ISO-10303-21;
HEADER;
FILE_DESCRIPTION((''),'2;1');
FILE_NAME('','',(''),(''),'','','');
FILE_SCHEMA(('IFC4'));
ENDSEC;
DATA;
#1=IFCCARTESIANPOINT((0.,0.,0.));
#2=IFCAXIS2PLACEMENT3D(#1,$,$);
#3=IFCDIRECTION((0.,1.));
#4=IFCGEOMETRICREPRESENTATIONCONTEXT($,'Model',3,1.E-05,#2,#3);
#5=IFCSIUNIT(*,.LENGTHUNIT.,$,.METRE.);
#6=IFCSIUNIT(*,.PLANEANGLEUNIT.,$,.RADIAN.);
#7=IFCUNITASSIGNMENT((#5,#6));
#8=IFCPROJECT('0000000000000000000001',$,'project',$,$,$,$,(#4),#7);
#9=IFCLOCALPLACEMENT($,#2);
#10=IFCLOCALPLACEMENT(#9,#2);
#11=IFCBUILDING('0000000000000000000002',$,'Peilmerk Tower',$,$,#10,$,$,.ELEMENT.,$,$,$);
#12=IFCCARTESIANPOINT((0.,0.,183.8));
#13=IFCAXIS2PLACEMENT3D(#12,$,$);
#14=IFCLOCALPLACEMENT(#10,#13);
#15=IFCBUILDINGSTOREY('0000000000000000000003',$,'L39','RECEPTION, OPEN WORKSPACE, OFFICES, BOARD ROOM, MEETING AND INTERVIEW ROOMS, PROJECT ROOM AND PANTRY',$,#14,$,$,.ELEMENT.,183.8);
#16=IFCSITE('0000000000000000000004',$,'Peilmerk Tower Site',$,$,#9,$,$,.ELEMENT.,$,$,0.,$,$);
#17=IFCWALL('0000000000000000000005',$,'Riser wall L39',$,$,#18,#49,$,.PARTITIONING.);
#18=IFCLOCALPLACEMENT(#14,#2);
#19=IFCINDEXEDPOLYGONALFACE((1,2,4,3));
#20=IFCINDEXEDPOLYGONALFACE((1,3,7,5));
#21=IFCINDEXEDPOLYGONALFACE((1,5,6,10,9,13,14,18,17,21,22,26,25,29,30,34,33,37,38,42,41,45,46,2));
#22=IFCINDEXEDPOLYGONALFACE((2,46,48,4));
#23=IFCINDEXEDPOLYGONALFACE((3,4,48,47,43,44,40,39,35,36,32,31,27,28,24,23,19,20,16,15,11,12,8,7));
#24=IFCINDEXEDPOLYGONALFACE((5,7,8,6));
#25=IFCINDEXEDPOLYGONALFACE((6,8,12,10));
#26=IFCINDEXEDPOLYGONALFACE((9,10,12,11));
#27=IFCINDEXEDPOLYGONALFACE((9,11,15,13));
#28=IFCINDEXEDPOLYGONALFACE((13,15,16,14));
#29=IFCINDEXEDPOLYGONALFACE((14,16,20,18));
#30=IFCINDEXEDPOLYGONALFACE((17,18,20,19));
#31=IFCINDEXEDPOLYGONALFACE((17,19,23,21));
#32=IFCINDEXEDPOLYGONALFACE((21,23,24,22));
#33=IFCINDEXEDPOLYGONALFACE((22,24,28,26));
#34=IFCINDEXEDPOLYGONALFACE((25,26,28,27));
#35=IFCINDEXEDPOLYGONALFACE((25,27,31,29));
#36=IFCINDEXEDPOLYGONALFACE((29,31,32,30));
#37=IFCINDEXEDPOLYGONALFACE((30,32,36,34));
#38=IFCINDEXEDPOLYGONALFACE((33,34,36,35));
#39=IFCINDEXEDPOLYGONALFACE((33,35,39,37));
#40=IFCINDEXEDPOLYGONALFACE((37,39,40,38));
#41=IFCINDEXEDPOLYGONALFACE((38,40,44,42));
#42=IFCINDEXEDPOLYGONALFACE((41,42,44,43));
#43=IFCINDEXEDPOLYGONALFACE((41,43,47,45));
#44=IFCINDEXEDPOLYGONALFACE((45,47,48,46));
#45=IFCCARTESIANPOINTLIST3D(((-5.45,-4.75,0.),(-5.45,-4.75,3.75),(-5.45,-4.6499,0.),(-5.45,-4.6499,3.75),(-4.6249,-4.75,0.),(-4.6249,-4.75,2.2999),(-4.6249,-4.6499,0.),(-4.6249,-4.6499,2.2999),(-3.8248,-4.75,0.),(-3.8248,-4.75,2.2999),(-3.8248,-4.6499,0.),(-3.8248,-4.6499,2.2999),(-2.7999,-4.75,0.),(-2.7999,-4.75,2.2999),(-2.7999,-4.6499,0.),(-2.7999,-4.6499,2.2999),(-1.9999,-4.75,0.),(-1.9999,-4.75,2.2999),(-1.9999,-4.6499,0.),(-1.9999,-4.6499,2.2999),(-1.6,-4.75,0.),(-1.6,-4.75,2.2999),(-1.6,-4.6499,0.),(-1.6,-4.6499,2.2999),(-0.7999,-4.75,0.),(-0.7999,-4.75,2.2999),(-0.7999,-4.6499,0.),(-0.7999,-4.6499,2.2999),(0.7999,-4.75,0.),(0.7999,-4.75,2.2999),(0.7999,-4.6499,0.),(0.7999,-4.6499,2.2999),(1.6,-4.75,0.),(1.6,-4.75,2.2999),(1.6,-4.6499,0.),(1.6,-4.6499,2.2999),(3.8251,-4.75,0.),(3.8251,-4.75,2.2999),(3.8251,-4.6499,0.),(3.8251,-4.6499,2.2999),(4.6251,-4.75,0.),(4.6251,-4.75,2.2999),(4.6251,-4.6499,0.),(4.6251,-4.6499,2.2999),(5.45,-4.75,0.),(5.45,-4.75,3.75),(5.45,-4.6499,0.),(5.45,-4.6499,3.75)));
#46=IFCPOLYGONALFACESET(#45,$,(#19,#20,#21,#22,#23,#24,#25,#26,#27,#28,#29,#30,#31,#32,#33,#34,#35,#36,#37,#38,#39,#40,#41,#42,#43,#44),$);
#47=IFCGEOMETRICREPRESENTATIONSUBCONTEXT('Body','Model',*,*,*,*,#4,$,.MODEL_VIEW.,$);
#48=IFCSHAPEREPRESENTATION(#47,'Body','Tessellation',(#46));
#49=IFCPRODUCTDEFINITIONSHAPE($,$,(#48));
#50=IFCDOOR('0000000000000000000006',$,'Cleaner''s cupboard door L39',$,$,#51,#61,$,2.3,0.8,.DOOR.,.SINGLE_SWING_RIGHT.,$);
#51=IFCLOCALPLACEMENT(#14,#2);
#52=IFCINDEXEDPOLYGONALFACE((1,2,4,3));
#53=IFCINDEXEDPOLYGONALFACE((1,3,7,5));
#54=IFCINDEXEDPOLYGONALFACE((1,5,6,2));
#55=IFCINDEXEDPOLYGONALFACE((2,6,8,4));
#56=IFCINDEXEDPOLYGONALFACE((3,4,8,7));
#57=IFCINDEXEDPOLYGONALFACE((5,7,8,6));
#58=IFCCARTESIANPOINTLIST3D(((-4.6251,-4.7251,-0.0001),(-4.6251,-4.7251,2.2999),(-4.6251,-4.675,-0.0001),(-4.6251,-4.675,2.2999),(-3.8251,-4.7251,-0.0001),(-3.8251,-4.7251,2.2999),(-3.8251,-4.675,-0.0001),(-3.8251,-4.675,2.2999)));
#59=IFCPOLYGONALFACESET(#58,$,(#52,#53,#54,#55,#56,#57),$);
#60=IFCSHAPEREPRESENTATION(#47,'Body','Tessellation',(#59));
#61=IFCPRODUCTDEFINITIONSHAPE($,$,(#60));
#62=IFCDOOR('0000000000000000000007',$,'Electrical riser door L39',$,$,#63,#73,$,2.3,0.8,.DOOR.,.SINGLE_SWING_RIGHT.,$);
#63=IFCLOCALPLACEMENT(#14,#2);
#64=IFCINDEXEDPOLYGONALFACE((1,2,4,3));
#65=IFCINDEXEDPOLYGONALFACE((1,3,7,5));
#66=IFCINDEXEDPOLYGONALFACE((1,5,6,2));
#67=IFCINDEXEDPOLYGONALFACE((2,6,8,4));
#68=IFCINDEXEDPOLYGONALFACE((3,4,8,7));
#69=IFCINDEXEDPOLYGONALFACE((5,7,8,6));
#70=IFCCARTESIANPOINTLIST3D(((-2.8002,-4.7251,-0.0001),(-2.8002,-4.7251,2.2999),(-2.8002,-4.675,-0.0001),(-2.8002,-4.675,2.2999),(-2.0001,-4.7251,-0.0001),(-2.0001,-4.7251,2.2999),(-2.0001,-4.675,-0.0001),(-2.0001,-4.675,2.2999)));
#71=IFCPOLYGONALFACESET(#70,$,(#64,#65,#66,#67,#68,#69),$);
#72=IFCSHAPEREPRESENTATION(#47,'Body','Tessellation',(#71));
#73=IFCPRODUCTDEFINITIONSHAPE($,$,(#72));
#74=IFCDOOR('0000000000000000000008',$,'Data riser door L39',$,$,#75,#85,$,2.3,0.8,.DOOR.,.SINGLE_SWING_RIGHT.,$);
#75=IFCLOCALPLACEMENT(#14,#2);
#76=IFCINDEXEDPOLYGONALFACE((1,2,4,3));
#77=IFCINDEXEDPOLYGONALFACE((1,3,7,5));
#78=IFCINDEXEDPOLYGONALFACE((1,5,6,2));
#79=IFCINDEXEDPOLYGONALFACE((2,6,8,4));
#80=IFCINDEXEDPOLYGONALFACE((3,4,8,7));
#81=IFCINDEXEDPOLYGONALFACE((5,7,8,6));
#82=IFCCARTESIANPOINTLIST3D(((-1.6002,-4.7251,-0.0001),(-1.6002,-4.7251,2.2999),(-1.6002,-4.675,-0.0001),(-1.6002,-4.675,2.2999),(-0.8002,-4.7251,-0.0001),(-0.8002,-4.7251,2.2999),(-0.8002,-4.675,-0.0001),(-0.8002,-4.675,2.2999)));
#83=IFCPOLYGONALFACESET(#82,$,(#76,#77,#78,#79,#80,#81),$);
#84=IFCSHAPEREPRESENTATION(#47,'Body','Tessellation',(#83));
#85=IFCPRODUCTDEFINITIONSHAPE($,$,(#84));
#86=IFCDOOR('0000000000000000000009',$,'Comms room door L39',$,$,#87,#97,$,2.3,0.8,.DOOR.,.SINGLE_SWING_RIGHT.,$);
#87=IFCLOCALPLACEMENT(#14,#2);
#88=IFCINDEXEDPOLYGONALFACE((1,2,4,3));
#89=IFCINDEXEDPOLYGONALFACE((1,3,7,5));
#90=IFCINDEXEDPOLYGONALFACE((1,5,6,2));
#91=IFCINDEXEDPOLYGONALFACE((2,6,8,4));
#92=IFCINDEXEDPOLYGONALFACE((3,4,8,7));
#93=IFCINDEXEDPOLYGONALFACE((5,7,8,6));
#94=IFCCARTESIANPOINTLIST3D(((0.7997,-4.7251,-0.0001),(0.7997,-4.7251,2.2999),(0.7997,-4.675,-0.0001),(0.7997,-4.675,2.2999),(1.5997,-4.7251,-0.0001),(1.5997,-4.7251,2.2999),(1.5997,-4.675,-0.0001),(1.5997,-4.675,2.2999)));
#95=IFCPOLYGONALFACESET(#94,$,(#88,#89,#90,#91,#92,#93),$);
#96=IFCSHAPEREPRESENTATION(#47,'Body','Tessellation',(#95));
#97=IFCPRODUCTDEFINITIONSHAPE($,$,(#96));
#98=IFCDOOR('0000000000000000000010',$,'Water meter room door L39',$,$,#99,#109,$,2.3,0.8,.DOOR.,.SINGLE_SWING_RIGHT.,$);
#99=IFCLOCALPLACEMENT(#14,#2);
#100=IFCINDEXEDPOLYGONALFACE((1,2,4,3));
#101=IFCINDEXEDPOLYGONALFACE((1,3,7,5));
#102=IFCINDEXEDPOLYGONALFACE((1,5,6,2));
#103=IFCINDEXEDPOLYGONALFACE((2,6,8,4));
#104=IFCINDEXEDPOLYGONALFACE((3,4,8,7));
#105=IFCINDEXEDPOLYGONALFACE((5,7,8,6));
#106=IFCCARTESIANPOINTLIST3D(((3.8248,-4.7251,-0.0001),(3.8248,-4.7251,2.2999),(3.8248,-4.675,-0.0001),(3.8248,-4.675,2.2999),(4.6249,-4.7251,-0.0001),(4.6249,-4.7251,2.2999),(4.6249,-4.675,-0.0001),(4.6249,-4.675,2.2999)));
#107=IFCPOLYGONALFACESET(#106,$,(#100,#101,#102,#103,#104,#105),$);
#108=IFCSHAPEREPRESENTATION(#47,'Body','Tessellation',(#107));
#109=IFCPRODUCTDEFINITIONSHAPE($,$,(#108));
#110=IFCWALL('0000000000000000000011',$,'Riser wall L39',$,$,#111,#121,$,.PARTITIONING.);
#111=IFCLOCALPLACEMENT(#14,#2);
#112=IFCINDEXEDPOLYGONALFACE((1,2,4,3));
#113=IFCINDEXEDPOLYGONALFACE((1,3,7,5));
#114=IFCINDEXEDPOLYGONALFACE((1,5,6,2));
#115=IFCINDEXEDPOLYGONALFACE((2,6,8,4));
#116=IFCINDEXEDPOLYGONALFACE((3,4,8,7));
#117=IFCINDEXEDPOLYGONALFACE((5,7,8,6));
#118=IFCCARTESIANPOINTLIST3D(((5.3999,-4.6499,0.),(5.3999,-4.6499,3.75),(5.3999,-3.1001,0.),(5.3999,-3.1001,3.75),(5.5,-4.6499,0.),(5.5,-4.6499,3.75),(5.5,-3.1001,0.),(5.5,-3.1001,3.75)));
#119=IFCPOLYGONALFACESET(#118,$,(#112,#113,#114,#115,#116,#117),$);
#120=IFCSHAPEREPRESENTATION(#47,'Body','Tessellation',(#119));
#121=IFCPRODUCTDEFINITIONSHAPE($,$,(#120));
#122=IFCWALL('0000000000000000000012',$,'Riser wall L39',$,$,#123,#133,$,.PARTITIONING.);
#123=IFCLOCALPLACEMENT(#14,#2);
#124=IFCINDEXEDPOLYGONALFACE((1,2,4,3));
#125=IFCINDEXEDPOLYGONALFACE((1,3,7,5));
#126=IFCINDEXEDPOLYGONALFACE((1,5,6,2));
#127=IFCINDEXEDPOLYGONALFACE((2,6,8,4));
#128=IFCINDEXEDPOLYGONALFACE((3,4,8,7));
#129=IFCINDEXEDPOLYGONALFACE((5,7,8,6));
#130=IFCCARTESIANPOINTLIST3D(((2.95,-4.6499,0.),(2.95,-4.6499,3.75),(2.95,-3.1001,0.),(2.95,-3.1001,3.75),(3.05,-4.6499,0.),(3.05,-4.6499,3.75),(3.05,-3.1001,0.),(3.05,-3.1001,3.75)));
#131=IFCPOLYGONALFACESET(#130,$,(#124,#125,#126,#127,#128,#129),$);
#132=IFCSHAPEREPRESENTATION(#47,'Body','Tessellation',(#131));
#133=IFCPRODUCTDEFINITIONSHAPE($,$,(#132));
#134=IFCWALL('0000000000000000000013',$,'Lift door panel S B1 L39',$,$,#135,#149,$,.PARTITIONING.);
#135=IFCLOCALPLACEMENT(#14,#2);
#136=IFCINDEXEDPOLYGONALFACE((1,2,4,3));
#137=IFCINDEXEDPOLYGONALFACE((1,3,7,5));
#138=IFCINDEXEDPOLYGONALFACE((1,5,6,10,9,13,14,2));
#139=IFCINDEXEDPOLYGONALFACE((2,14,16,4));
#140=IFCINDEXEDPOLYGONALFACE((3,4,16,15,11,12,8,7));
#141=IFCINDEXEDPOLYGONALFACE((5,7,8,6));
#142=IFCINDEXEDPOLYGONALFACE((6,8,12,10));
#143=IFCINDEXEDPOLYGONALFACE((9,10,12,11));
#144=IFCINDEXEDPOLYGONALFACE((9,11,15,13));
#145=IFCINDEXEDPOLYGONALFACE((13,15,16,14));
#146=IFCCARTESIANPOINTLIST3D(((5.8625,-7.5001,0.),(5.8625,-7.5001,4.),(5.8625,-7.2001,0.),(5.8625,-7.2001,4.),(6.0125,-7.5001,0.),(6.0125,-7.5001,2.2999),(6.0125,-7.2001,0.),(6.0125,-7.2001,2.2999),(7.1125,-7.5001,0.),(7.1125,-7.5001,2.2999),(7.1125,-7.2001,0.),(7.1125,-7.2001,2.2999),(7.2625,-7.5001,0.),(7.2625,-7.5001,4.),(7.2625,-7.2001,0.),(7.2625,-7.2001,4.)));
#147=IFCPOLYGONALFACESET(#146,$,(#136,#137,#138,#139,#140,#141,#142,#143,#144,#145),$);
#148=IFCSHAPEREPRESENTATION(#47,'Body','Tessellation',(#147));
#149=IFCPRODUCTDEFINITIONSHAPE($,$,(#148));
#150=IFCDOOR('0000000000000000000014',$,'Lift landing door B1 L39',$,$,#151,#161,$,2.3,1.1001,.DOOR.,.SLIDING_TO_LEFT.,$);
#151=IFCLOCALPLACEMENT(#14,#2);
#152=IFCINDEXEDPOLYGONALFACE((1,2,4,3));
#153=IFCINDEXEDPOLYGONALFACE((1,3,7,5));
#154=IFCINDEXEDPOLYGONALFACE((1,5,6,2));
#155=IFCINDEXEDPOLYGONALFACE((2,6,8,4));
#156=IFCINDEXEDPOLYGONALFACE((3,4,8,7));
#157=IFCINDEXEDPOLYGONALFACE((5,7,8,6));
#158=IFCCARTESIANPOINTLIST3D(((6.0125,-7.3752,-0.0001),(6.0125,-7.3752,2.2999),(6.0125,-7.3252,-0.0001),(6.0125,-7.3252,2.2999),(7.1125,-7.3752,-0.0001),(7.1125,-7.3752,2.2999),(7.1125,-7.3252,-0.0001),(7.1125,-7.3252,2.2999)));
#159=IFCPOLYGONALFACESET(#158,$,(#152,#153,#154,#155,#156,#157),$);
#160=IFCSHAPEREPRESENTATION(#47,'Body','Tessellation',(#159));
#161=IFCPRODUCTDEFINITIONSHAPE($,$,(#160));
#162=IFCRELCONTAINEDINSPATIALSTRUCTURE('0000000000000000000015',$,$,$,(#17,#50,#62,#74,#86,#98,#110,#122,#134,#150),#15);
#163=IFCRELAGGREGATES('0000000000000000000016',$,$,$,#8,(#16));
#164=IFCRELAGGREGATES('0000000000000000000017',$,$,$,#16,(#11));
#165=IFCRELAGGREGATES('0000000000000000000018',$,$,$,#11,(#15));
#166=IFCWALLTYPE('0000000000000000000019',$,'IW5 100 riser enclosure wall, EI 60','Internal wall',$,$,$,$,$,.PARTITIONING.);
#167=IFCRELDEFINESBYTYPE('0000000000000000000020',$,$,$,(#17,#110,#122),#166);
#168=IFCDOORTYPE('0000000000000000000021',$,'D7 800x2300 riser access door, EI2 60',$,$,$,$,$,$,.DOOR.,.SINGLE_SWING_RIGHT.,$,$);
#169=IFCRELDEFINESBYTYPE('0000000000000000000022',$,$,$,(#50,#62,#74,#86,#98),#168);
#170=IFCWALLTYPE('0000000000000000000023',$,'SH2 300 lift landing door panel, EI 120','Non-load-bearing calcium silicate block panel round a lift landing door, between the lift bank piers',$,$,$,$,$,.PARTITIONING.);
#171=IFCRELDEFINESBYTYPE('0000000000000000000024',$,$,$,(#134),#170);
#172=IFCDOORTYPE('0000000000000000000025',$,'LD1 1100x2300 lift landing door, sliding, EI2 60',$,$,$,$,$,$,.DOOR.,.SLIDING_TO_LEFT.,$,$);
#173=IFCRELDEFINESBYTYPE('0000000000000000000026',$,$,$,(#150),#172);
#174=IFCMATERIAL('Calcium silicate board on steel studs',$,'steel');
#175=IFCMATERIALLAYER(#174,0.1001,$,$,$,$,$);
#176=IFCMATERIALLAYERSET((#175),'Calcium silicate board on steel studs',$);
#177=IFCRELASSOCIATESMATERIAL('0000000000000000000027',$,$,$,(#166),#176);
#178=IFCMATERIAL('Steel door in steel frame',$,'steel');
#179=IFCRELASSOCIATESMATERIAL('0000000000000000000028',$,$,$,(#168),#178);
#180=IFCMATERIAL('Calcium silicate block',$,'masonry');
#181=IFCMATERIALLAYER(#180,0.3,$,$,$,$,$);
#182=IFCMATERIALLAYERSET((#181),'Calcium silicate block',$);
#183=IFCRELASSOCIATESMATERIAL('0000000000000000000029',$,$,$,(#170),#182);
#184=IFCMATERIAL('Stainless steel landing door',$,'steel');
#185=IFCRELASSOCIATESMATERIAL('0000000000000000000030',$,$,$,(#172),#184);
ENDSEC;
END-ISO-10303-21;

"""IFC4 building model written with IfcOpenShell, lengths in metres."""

from ifc_helpers import new_model, si_unit, direction, frame, frame_2d, origin, place, context, subcontext, project, spatial, rectangle, extrude, material, layer, layer_set, type_object, element, fill, save


model = new_model("IFC4")

# Units and contexts
model_context = context("Model", 3, precision=1e-05, world=origin(), true_north=direction((0.0, 1.0)))
body_context = subcontext(model_context, "Body", "Model", "MODEL_VIEW")
ifc_project = project(units=[si_unit("LENGTHUNIT", "METRE"), si_unit("PLANEANGLEUNIT", "RADIAN")], contexts=[model_context])

# Site, building, storey
site_placement = place(None, origin())
site = spatial("IfcSite", under=ifc_project, at=site_placement, Name="Peilmerk Tower Site", CompositionType="ELEMENT", RefElevation=0.0)
building_placement = place(site_placement, origin())
building = spatial("IfcBuilding", under=site, at=building_placement, Name="Peilmerk Tower", CompositionType="ELEMENT")
storey_placement = place(building_placement, frame((0.0, 0.0, 183.8)))
storey = spatial("IfcBuildingStorey", under=building, at=storey_placement, Name="L39", Description="RECEPTION, OPEN WORKSPACE, OFFICES, BOARD ROOM, MEETING AND INTERVIEW ROOMS, PROJECT ROOM AND PANTRY", CompositionType="ELEMENT", Elevation=183.8)

# Shared definitions
ifc_material_1 = material(Name="Steel door in steel frame", Category="steel")

# Shared definitions
ifc_material_2 = material(Name="Calcium silicate board on steel studs", Category="steel")
ifc_layer_1 = layer(ifc_material_2, 0.1001)
ifc_layer_set_1 = layer_set([ifc_layer_1], Name="Calcium silicate board on steel studs")
wall_type_1 = type_object("IfcWallType", Name="IW5 100 riser enclosure wall, EI 60", Description="Internal wall", PredefinedType="PARTITIONING", material=ifc_layer_set_1)

# Wall, openings, doors
wall_1_placement = place(storey_placement, frame((5.45, -4.7, 0.0), z_axis=(0.0, 0.0, 1.0), x_axis=(-1.0, 0.0, 0.0)))
wall_1 = element("IfcWall", 1, at=wall_1_placement, inside=storey, type_object=wall_type_1, Name="Riser wall L39", PredefinedType="PARTITIONING", context=body_context, shape_type="SweptSolid", body=[
    extrude(rectangle(XDim=10.8999, YDim=0.1001, at=frame_2d((5.45, 0.0))), origin(), (0.0, 0.0, 1.0), 3.75),
])
opening_1_placement = place(wall_1_placement, frame((9.2749, 0.0, 0.0)))
opening_1 = element("IfcOpeningElement", 2, at=opening_1_placement, cuts=wall_1, PredefinedType="OPENING", context=body_context, shape_type="SweptSolid", body=[
    extrude(rectangle(XDim=0.8, YDim=2.3, at=frame_2d((0.3999, 1.1499))), frame((0.0, 0.0601, 0.0), z_axis=(0.0, -1.0, 0.0), x_axis=(1.0, 0.0, 0.0)), (0.0, 0.0, 1.0), 0.1201),
])
opening_2_placement = place(wall_1_placement, frame((7.45, 0.0, 0.0)))
opening_2 = element("IfcOpeningElement", 3, at=opening_2_placement, cuts=wall_1, PredefinedType="OPENING", context=body_context, shape_type="SweptSolid", body=[
    extrude(rectangle(XDim=0.8, YDim=2.3, at=frame_2d((0.3999, 1.1499))), frame((0.0, 0.0601, 0.0), z_axis=(0.0, -1.0, 0.0), x_axis=(1.0, 0.0, 0.0)), (0.0, 0.0, 1.0), 0.1201),
])
opening_3_placement = place(wall_1_placement, frame((6.25, 0.0, 0.0)))
opening_3 = element("IfcOpeningElement", 4, at=opening_3_placement, cuts=wall_1, PredefinedType="OPENING", context=body_context, shape_type="SweptSolid", body=[
    extrude(rectangle(XDim=0.8, YDim=2.3, at=frame_2d((0.3999, 1.1499))), frame((0.0, 0.0601, 0.0), z_axis=(0.0, -1.0, 0.0), x_axis=(1.0, 0.0, 0.0)), (0.0, 0.0, 1.0), 0.1201),
])
opening_4_placement = place(wall_1_placement, frame((3.8501, 0.0, 0.0)))
opening_4 = element("IfcOpeningElement", 5, at=opening_4_placement, cuts=wall_1, PredefinedType="OPENING", context=body_context, shape_type="SweptSolid", body=[
    extrude(rectangle(XDim=0.8, YDim=2.3, at=frame_2d((0.3999, 1.1499))), frame((0.0, 0.0601, 0.0), z_axis=(0.0, -1.0, 0.0), x_axis=(1.0, 0.0, 0.0)), (0.0, 0.0, 1.0), 0.1201),
])
opening_5_placement = place(wall_1_placement, frame((0.825, 0.0, 0.0)))
opening_5 = element("IfcOpeningElement", 6, at=opening_5_placement, cuts=wall_1, PredefinedType="OPENING", context=body_context, shape_type="SweptSolid", body=[
    extrude(rectangle(XDim=0.8, YDim=2.3, at=frame_2d((0.3999, 1.1499))), frame((0.0, 0.0601, 0.0), z_axis=(0.0, -1.0, 0.0), x_axis=(1.0, 0.0, 0.0)), (0.0, 0.0, 1.0), 0.1201),
])
door_type_1 = type_object("IfcDoorType", Name="D7 800x2300 riser access door, EI2 60", OperationType="SINGLE_SWING_RIGHT", PredefinedType="DOOR", material=ifc_material_1)
door_1_placement = place(opening_1_placement, frame((0.8, 0.0, 0.0), z_axis=(0.0, 0.0, 1.0), x_axis=(-1.0, 0.0, 0.0)))
door_1 = element("IfcDoor", 7, at=door_1_placement, inside=storey, type_object=door_type_1, Name="Cleaner's cupboard door L39", OperationType="SINGLE_SWING_RIGHT", OverallHeight=2.3, OverallWidth=0.8, PredefinedType="DOOR", context=body_context, shape_type="SweptSolid", body=[
    extrude(rectangle(XDim=0.8, YDim=2.3, at=frame_2d((0.3999, 1.1499))), frame((0.0, 0.0249, 0.0), z_axis=(0.0, -1.0, 0.0), x_axis=(1.0, 0.0, 0.0)), (0.0, 0.0, 1.0), 0.05),
])
fill(opening_1, door_1)
door_2_placement = place(opening_2_placement, frame((0.8, 0.0, 0.0), z_axis=(0.0, 0.0, 1.0), x_axis=(-1.0, 0.0, 0.0)))
door_2 = element("IfcDoor", 8, at=door_2_placement, inside=storey, type_object=door_type_1, Name="Electrical riser door L39", OperationType="SINGLE_SWING_RIGHT", OverallHeight=2.3, OverallWidth=0.8, PredefinedType="DOOR", context=body_context, shape_type="SweptSolid", body=[
    extrude(rectangle(XDim=0.8, YDim=2.3, at=frame_2d((0.3999, 1.1499))), frame((0.0, 0.0249, 0.0), z_axis=(0.0, -1.0, 0.0), x_axis=(1.0, 0.0, 0.0)), (0.0, 0.0, 1.0), 0.05),
])
fill(opening_2, door_2)
door_3_placement = place(opening_3_placement, frame((0.8, 0.0, 0.0), z_axis=(0.0, 0.0, 1.0), x_axis=(-1.0, 0.0, 0.0)))
door_3 = element("IfcDoor", 9, at=door_3_placement, inside=storey, type_object=door_type_1, Name="Data riser door L39", OperationType="SINGLE_SWING_RIGHT", OverallHeight=2.3, OverallWidth=0.8, PredefinedType="DOOR", context=body_context, shape_type="SweptSolid", body=[
    extrude(rectangle(XDim=0.8, YDim=2.3, at=frame_2d((0.3999, 1.1499))), frame((0.0, 0.0249, 0.0), z_axis=(0.0, -1.0, 0.0), x_axis=(1.0, 0.0, 0.0)), (0.0, 0.0, 1.0), 0.05),
])
fill(opening_3, door_3)
door_4_placement = place(opening_4_placement, frame((0.8, 0.0, 0.0), z_axis=(0.0, 0.0, 1.0), x_axis=(-1.0, 0.0, 0.0)))
door_4 = element("IfcDoor", 10, at=door_4_placement, inside=storey, type_object=door_type_1, Name="Comms room door L39", OperationType="SINGLE_SWING_RIGHT", OverallHeight=2.3, OverallWidth=0.8, PredefinedType="DOOR", context=body_context, shape_type="SweptSolid", body=[
    extrude(rectangle(XDim=0.8, YDim=2.3, at=frame_2d((0.3999, 1.1499))), frame((0.0, 0.0249, 0.0), z_axis=(0.0, -1.0, 0.0), x_axis=(1.0, 0.0, 0.0)), (0.0, 0.0, 1.0), 0.05),
])
fill(opening_4, door_4)
door_5_placement = place(opening_5_placement, frame((0.8, 0.0, 0.0), z_axis=(0.0, 0.0, 1.0), x_axis=(-1.0, 0.0, 0.0)))
door_5 = element("IfcDoor", 11, at=door_5_placement, inside=storey, type_object=door_type_1, Name="Water meter room door L39", OperationType="SINGLE_SWING_RIGHT", OverallHeight=2.3, OverallWidth=0.8, PredefinedType="DOOR", context=body_context, shape_type="SweptSolid", body=[
    extrude(rectangle(XDim=0.8, YDim=2.3, at=frame_2d((0.3999, 1.1499))), frame((0.0, 0.0249, 0.0), z_axis=(0.0, -1.0, 0.0), x_axis=(1.0, 0.0, 0.0)), (0.0, 0.0, 1.0), 0.05),
])
fill(opening_5, door_5)

# Walls
for number, where, z_axis, x_axis, name in (
    (12, (5.45, -3.1001, 0.0), (0.0, 0.0, 1.0), (0.0, -1.0, 0.0), "Riser wall L39"),
    (13, (3.0, -3.1001, 0.0), (0.0, 0.0, 1.0), (0.0, -1.0, 0.0), "Riser wall L39"),
):
    element("IfcWall", number, at=place(storey_placement, frame(where, z_axis=z_axis, x_axis=x_axis)), inside=storey, type_object=wall_type_1, Name=name, PredefinedType="PARTITIONING", context=body_context, shape_type="SweptSolid", body=[
        extrude(rectangle(XDim=1.5498, YDim=0.1001, at=frame_2d((0.7749, 0.0))), origin(), (0.0, 0.0, 1.0), 3.75),
    ])

# Wall, opening, door
ifc_material_3 = material(Name="Calcium silicate block", Category="masonry")
ifc_layer_2 = layer(ifc_material_3, 0.3)
ifc_layer_set_2 = layer_set([ifc_layer_2], Name="Calcium silicate block")
wall_type_2 = type_object("IfcWallType", Name="SH2 300 lift landing door panel, EI 120", Description="Non-load-bearing calcium silicate block panel round a lift landing door, between the lift bank piers", PredefinedType="PARTITIONING", material=ifc_layer_set_2)
wall_2_placement = place(storey_placement, frame((5.8625, -7.3501, 0.0), z_axis=(0.0, 0.0, 1.0), x_axis=(1.0, 0.0, 0.0)))
wall_2 = element("IfcWall", 14, at=wall_2_placement, inside=storey, type_object=wall_type_2, Name="Lift door panel S B1 L39", PredefinedType="PARTITIONING", context=body_context, shape_type="SweptSolid", body=[
    extrude(rectangle(XDim=1.3999, YDim=0.3, at=frame_2d((0.7, 0.0))), origin(), (0.0, 0.0, 1.0), 4.0),
])
opening_6_placement = place(wall_2_placement, frame((0.1499, 0.0, 0.0)))
opening_6 = element("IfcOpeningElement", 15, at=opening_6_placement, cuts=wall_2, PredefinedType="OPENING", context=body_context, shape_type="SweptSolid", body=[
    extrude(rectangle(XDim=1.1001, YDim=2.3, at=frame_2d((0.55, 1.1499))), frame((0.0, 0.1599, 0.0), z_axis=(0.0, -1.0, 0.0), x_axis=(1.0, 0.0, 0.0)), (0.0, 0.0, 1.0), 0.3201),
])
ifc_material_4 = material(Name="Stainless steel landing door", Category="steel")
door_type_2 = type_object("IfcDoorType", Name="LD1 1100x2300 lift landing door, sliding, EI2 60", OperationType="SLIDING_TO_LEFT", PredefinedType="DOOR", material=ifc_material_4)
door_6_placement = place(opening_6_placement, origin())
door_6 = element("IfcDoor", 16, at=door_6_placement, inside=storey, type_object=door_type_2, Name="Lift landing door B1 L39", OperationType="SLIDING_TO_LEFT", OverallHeight=2.3, OverallWidth=1.1001, PredefinedType="DOOR", context=body_context, shape_type="SweptSolid", body=[
    extrude(rectangle(XDim=1.1001, YDim=2.3, at=frame_2d((0.55, 1.1499))), frame((0.0, 0.0249, 0.0), z_axis=(0.0, -1.0, 0.0), x_axis=(1.0, 0.0, 0.0)), (0.0, 0.0, 1.0), 0.05),
])
fill(opening_6, door_6)

save(model, "model.ifc")
